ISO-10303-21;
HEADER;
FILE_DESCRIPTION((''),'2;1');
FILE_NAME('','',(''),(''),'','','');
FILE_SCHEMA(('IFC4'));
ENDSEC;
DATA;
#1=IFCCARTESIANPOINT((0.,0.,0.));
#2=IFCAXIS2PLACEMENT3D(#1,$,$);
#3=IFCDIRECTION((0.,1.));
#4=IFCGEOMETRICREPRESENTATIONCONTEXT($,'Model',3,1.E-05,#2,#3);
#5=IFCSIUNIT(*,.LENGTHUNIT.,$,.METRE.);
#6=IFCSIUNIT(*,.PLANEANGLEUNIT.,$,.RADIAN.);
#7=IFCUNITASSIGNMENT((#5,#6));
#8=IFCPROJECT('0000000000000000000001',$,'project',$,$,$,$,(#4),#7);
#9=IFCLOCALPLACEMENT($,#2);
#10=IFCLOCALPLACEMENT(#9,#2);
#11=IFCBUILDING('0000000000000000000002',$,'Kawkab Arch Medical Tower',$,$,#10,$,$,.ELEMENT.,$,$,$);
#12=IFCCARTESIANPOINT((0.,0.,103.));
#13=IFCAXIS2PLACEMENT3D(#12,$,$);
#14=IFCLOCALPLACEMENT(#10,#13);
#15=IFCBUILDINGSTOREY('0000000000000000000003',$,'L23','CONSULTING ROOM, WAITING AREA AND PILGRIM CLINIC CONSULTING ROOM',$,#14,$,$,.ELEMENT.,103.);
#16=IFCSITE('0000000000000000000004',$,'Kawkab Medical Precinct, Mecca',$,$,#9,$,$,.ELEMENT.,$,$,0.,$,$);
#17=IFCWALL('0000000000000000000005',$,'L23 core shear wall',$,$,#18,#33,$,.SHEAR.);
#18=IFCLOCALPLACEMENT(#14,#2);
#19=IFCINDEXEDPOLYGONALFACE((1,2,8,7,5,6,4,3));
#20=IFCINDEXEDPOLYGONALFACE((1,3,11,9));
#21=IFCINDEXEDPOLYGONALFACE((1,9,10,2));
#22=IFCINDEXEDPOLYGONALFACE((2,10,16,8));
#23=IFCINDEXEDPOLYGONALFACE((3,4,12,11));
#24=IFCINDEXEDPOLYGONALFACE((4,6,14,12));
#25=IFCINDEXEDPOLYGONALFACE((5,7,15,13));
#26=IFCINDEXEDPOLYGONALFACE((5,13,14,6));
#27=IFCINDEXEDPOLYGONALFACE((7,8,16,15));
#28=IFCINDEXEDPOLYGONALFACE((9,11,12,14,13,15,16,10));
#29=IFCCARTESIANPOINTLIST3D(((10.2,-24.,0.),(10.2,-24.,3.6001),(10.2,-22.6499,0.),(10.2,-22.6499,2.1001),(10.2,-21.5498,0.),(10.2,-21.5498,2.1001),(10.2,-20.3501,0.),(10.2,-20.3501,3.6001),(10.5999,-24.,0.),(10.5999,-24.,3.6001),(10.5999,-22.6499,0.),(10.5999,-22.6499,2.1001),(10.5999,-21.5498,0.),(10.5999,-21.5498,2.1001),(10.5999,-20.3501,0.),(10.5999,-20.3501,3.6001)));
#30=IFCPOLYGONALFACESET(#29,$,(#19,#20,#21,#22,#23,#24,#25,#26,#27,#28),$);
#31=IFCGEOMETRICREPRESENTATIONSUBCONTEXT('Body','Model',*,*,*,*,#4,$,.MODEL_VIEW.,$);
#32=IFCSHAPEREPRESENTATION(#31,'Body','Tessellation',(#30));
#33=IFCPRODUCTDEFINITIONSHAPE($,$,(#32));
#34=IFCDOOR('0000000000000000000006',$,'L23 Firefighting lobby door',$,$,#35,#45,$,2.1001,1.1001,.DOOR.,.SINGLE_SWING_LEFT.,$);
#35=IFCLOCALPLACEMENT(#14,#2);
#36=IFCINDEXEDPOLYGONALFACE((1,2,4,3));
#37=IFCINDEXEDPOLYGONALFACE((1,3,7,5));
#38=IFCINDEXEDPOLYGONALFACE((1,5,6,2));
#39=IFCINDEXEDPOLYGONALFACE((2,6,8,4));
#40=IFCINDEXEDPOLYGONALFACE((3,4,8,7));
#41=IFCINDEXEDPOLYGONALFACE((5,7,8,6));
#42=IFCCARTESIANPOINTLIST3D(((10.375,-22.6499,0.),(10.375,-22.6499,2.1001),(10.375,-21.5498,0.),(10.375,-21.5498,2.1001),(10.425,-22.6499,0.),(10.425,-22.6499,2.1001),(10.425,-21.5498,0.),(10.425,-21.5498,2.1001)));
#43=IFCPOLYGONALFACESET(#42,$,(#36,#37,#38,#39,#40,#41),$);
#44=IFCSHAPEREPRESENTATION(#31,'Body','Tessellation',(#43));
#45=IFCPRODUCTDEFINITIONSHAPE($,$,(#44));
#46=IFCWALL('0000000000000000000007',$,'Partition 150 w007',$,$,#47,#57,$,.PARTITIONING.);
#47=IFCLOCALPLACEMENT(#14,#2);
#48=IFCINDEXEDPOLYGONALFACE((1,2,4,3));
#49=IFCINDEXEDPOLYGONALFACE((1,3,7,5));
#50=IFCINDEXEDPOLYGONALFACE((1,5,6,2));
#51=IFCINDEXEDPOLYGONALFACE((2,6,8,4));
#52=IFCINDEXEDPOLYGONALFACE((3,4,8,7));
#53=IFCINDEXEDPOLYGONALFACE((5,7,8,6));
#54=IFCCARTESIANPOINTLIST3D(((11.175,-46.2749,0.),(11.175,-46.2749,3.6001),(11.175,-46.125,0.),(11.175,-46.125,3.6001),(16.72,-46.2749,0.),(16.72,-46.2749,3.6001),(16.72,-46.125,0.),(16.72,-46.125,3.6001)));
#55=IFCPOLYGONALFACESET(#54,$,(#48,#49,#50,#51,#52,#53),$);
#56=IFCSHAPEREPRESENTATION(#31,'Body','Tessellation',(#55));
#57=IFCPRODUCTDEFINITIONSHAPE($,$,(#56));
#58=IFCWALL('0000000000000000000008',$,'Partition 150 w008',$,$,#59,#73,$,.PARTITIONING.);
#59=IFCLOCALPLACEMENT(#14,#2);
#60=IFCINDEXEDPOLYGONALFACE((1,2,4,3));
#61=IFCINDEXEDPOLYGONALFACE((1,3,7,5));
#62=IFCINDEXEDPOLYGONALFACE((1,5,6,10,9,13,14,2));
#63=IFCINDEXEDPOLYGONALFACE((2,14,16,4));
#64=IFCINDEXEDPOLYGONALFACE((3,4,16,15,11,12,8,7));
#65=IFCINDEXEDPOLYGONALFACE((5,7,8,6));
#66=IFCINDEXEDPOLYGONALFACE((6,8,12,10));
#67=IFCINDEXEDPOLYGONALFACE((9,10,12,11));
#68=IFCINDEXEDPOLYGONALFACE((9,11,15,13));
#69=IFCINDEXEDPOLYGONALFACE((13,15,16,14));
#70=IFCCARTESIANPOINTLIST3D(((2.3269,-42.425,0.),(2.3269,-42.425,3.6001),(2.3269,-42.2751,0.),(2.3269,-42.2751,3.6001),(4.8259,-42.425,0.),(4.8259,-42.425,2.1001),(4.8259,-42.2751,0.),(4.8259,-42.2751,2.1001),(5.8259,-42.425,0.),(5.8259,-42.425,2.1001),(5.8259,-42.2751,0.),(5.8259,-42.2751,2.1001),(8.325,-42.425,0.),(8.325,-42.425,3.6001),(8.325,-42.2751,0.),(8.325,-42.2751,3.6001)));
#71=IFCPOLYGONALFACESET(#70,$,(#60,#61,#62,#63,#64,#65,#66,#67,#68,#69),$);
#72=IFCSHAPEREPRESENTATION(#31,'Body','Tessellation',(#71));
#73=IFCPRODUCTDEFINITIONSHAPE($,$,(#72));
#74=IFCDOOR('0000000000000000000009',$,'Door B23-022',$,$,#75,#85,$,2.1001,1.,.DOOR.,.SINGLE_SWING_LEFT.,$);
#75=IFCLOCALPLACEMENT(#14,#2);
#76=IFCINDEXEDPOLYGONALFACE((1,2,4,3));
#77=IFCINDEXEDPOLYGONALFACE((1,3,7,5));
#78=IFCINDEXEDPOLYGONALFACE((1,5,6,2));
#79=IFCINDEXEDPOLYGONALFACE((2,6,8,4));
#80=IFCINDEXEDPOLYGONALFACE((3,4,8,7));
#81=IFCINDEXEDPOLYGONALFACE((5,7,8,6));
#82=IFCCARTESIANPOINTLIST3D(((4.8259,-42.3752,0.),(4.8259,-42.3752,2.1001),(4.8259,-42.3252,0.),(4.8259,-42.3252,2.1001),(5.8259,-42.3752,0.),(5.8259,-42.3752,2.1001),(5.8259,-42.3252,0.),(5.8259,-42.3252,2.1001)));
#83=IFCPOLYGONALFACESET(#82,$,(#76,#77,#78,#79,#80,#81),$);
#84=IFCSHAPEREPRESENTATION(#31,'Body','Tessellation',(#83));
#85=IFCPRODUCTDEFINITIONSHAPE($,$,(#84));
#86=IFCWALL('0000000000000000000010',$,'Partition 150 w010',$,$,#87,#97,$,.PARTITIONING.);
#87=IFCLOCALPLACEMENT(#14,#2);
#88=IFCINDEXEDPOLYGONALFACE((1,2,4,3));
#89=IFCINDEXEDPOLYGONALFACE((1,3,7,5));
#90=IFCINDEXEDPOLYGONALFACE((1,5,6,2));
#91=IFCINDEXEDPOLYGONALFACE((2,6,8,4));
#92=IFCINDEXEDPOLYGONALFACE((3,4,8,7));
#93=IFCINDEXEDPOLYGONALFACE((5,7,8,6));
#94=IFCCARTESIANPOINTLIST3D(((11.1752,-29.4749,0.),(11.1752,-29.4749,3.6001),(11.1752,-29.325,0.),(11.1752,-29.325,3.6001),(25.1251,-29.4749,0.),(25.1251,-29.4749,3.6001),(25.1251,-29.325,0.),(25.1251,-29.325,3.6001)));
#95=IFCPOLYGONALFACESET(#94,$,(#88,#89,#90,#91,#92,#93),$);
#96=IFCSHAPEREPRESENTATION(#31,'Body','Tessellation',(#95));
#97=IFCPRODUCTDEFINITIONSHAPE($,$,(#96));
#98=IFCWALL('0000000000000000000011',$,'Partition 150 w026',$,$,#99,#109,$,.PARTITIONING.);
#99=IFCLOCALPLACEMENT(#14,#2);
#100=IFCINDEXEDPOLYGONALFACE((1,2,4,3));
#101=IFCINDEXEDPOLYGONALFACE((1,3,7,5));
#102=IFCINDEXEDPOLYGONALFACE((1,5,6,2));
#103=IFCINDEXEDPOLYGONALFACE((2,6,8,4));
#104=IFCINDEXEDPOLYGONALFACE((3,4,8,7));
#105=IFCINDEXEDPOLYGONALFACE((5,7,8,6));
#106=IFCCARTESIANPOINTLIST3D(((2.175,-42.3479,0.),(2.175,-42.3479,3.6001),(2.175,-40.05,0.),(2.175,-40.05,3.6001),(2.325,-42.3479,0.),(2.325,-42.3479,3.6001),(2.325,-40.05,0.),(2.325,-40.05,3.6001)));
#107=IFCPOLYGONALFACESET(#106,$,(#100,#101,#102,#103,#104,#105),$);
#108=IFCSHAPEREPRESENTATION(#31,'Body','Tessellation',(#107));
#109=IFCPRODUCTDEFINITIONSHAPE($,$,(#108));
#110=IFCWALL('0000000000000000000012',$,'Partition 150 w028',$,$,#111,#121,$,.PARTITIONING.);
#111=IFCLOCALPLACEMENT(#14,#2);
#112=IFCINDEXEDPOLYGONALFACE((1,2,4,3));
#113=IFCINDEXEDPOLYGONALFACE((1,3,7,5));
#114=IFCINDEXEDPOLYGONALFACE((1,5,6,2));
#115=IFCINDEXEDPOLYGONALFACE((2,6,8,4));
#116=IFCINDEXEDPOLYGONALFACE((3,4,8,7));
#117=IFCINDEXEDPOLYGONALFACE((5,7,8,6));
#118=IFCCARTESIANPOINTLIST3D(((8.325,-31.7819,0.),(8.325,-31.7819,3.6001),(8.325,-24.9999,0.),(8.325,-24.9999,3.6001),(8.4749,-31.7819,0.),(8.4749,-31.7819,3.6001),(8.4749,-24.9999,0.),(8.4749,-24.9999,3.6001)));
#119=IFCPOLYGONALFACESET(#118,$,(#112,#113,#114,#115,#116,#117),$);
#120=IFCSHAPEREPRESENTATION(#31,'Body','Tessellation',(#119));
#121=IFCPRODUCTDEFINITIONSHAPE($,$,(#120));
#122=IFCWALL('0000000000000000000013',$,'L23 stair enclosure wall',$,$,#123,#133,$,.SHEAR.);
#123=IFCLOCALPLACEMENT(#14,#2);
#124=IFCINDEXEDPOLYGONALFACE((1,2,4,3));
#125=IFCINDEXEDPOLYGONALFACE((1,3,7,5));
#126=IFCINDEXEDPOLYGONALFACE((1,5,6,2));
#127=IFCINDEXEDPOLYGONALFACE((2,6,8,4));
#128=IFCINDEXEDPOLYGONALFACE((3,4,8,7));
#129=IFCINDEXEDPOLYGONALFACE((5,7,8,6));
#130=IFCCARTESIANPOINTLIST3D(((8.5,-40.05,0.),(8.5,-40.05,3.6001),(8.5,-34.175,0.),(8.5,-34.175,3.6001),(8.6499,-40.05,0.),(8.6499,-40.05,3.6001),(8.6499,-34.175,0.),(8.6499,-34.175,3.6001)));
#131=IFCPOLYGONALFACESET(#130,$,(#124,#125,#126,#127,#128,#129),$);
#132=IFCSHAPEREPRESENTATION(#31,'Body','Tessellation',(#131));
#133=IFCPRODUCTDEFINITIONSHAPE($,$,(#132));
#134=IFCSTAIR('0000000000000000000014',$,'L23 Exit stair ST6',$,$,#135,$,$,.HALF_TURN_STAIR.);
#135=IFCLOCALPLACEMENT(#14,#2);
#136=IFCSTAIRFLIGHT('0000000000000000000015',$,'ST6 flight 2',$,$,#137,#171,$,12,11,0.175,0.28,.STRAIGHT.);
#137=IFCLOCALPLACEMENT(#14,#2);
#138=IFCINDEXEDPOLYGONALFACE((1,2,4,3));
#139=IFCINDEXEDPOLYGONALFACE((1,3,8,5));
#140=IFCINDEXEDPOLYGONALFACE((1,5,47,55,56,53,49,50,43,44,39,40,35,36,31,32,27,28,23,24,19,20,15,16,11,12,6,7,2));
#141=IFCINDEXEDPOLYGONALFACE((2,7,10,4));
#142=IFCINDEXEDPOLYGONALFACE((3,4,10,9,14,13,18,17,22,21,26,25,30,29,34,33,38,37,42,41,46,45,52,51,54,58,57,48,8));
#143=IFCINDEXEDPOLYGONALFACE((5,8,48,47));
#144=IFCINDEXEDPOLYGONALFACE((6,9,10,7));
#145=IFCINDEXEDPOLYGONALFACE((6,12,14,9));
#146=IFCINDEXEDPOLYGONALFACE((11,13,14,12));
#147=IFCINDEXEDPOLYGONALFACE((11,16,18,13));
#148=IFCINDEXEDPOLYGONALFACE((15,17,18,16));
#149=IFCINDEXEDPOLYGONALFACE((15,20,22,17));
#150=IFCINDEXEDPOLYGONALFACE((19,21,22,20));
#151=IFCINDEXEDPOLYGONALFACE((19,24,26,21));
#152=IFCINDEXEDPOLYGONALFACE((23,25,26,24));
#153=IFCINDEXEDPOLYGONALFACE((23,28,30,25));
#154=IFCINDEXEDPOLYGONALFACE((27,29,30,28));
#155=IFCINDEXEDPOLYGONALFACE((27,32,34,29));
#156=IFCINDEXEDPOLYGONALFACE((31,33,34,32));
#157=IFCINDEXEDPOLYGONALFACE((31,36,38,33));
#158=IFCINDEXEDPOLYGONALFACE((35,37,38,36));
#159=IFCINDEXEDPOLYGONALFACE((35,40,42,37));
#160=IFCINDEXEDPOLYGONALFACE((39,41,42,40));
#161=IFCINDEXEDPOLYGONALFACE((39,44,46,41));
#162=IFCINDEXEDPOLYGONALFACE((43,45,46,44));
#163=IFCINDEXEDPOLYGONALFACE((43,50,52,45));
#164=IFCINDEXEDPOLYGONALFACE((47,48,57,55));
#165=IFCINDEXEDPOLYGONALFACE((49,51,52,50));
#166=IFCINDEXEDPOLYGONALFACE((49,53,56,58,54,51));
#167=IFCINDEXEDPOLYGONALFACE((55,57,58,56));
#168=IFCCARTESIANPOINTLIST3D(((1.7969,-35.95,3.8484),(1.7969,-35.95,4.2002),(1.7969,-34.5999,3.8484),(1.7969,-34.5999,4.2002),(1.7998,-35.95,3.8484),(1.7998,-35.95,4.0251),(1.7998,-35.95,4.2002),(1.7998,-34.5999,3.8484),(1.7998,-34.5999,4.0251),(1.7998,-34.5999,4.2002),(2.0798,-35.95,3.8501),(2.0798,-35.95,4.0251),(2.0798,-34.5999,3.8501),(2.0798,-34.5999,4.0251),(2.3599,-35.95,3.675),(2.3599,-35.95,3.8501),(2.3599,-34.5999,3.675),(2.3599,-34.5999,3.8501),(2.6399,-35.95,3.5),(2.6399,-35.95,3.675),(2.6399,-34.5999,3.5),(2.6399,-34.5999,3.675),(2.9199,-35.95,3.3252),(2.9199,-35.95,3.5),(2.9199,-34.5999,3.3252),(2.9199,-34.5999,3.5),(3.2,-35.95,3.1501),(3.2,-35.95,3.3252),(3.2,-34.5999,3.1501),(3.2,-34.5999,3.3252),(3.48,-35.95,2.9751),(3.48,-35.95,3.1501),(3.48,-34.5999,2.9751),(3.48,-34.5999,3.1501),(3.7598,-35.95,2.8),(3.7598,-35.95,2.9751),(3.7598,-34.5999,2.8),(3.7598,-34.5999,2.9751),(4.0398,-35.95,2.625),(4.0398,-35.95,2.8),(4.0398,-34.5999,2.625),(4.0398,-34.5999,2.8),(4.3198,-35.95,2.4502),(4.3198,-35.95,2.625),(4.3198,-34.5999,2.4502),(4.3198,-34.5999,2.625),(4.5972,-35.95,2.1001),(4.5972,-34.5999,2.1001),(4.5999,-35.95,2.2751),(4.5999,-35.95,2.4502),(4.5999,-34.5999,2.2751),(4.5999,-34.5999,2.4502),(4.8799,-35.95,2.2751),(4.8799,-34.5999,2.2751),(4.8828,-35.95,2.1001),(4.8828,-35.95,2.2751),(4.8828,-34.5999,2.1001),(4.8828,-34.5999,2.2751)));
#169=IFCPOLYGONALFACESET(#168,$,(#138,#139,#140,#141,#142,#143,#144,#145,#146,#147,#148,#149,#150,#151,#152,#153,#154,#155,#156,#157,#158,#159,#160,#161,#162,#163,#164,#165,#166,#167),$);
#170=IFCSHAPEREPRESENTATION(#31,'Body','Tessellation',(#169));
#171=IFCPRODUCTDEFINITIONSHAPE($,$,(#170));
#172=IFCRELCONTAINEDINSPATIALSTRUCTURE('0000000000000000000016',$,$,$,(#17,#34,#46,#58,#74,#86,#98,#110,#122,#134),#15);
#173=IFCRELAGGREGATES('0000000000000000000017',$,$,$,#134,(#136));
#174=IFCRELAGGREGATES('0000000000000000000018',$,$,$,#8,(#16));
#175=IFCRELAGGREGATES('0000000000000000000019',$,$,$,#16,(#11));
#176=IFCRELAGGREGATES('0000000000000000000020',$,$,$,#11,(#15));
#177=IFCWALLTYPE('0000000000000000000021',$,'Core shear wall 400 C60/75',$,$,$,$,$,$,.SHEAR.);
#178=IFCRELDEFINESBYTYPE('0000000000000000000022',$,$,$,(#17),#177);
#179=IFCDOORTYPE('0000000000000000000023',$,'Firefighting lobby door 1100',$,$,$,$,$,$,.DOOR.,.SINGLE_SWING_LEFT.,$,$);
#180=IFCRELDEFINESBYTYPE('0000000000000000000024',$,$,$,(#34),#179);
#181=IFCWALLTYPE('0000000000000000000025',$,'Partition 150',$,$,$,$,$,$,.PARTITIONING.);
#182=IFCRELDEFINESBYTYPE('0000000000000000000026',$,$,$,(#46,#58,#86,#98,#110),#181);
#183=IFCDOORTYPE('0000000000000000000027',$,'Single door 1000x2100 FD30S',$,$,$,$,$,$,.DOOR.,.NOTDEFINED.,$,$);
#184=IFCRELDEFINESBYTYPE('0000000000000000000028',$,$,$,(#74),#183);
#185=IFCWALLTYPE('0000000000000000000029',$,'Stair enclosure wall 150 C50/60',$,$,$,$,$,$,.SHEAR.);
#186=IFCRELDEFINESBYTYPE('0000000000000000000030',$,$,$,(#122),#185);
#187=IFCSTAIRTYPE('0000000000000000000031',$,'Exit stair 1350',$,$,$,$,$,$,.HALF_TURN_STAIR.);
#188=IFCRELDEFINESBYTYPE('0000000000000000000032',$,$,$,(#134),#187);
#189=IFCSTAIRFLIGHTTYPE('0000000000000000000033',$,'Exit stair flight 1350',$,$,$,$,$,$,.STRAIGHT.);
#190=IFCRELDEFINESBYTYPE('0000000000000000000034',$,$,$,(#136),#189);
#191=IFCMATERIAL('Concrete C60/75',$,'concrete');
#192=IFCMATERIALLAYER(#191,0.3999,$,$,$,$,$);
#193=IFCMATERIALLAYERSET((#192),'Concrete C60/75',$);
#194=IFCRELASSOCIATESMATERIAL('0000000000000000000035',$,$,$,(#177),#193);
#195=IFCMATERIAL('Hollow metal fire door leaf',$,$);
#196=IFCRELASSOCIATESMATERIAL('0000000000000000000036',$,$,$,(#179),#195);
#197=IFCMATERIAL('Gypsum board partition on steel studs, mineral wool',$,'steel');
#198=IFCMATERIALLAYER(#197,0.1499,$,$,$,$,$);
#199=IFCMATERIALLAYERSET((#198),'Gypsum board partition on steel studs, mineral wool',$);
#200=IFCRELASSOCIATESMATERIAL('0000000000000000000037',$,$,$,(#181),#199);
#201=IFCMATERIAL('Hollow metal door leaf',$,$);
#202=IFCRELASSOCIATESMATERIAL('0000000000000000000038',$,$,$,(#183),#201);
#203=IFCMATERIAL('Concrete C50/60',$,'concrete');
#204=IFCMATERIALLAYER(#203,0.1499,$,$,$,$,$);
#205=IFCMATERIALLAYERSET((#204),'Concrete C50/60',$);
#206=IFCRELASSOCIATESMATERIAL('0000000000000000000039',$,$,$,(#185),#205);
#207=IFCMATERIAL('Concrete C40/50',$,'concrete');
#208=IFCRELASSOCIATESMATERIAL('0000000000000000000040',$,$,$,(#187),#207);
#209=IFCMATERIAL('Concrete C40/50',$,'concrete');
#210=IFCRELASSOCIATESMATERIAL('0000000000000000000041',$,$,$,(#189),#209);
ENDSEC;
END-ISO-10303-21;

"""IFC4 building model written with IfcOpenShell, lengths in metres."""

from ifc_helpers import new_model, si_unit, direction, frame, frame_2d, origin, place, context, subcontext, project, spatial, polyline, rectangle, outline, extrude, material, layer, layer_set, type_object, element, fill, aggregate, save


model = new_model("IFC4")

# Units and contexts
model_context = context("Model", 3, precision=1e-05, world=origin(), true_north=direction((0.0, 1.0)))
body_context = subcontext(model_context, "Body", "Model", "MODEL_VIEW")
ifc_project = project(units=[si_unit("LENGTHUNIT", "METRE"), si_unit("PLANEANGLEUNIT", "RADIAN")], contexts=[model_context])

# Site, building, storey
site_placement = place(None, origin())
site = spatial("IfcSite", under=ifc_project, at=site_placement, Name="Kawkab Medical Precinct, Mecca", CompositionType="ELEMENT", RefElevation=0.0)
building_placement = place(site_placement, origin())
building = spatial("IfcBuilding", under=site, at=building_placement, Name="Kawkab Arch Medical Tower", CompositionType="ELEMENT")
storey_placement = place(building_placement, frame((0.0, 0.0, 103.0)))
storey = spatial("IfcBuildingStorey", under=building, at=storey_placement, Name="L23", Description="CONSULTING ROOM, WAITING AREA AND PILGRIM CLINIC CONSULTING ROOM", CompositionType="ELEMENT", Elevation=103.0)

# Wall, opening, door
ifc_material_1 = material(Name="Concrete C60/75", Category="concrete")
ifc_layer_1 = layer(ifc_material_1, 0.3999)
ifc_layer_set_1 = layer_set([ifc_layer_1], Name="Concrete C60/75")
wall_type_1 = type_object("IfcWallType", Name="Core shear wall 400 C60/75", PredefinedType="SHEAR", material=ifc_layer_set_1)
wall_1_placement = place(storey_placement, frame((10.3999, -24.0, 0.0), z_axis=(0.0, 0.0, 1.0), x_axis=(0.0, 1.0, 0.0)))
wall_1 = element("IfcWall", 1, at=wall_1_placement, inside=storey, type_object=wall_type_1, Name="L23 core shear wall", PredefinedType="SHEAR", context=body_context, shape_type="SweptSolid", body=[
    extrude(rectangle(XDim=3.6499, YDim=0.3999, at=frame_2d((1.825, 0.0))), origin(), (0.0, 0.0, 1.0), 3.6001),
])
opening_1_placement = place(wall_1_placement, frame((1.3501, 0.0, 0.0)))
opening_1 = element("IfcOpeningElement", 2, at=opening_1_placement, cuts=wall_1, PredefinedType="OPENING", context=body_context, shape_type="SweptSolid", body=[
    extrude(rectangle(XDim=1.1001, YDim=2.1001, at=frame_2d((0.55, 1.05))), frame((0.0, 0.21, 0.0), z_axis=(0.0, -1.0, 0.0), x_axis=(1.0, 0.0, 0.0)), (0.0, 0.0, 1.0), 0.4199),
])
ifc_material_2 = material(Name="Hollow metal fire door leaf")
door_type_1 = type_object("IfcDoorType", Name="Firefighting lobby door 1100", OperationType="SINGLE_SWING_LEFT", PredefinedType="DOOR", material=ifc_material_2)
door_1_placement = place(opening_1_placement, origin())
door_1 = element("IfcDoor", 3, at=door_1_placement, inside=storey, type_object=door_type_1, Name="L23 Firefighting lobby door", OperationType="SINGLE_SWING_LEFT", OverallHeight=2.1001, OverallWidth=1.1001, PredefinedType="DOOR", context=body_context, shape_type="SweptSolid", body=[
    extrude(rectangle(XDim=1.1001, YDim=2.1001, at=frame_2d((0.55, 1.05))), frame((0.0, 0.0249, 0.0), z_axis=(0.0, -1.0, 0.0), x_axis=(1.0, 0.0, 0.0)), (0.0, 0.0, 1.0), 0.05),
])
fill(opening_1, door_1)

# Wall
ifc_material_3 = material(Name="Gypsum board partition on steel studs, mineral wool", Category="steel")
ifc_layer_2 = layer(ifc_material_3, 0.1499)
ifc_layer_set_2 = layer_set([ifc_layer_2], Name="Gypsum board partition on steel studs, mineral wool")
wall_type_2 = type_object("IfcWallType", Name="Partition 150", PredefinedType="PARTITIONING", material=ifc_layer_set_2)
wall_2_placement = place(storey_placement, frame((11.175, -46.2, 0.0), z_axis=(0.0, 0.0, 1.0), x_axis=(1.0, 0.0, 0.0)))
element("IfcWall", 4, at=wall_2_placement, inside=storey, type_object=wall_type_2, Name="Partition 150 w007", PredefinedType="PARTITIONING", context=body_context, shape_type="SweptSolid", body=[
    extrude(rectangle(XDim=5.5449, YDim=0.1499, at=frame_2d((2.7725, 0.0))), origin(), (0.0, 0.0, 1.0), 3.6001),
])

# Wall, opening, door
wall_3_placement = place(storey_placement, frame((2.3269, -42.3501, 0.0), z_axis=(0.0, 0.0, 1.0), x_axis=(1.0, 0.0, 0.0)))
wall_3 = element("IfcWall", 5, at=wall_3_placement, inside=storey, type_object=wall_type_2, Name="Partition 150 w008", PredefinedType="PARTITIONING", context=body_context, shape_type="SweptSolid", body=[
    extrude(rectangle(XDim=5.998, YDim=0.1499, at=frame_2d((2.999, 0.0))), origin(), (0.0, 0.0, 1.0), 3.6001),
])
opening_2_placement = place(wall_3_placement, frame((2.499, 0.0, 0.0)))
opening_2 = element("IfcOpeningElement", 6, at=opening_2_placement, cuts=wall_3, PredefinedType="OPENING", context=body_context, shape_type="SweptSolid", body=[
    extrude(rectangle(XDim=1.0, YDim=2.1001, at=frame_2d((0.5, 1.05))), frame((0.0, 0.085, 0.0), z_axis=(0.0, -1.0, 0.0), x_axis=(1.0, 0.0, 0.0)), (0.0, 0.0, 1.0), 0.1699),
])
ifc_material_4 = material(Name="Hollow metal door leaf")
door_type_2 = type_object("IfcDoorType", Name="Single door 1000x2100 FD30S", OperationType="NOTDEFINED", PredefinedType="DOOR", material=ifc_material_4)
door_2_placement = place(opening_2_placement, origin())
door_2 = element("IfcDoor", 7, at=door_2_placement, inside=storey, type_object=door_type_2, Name="Door B23-022", OperationType="SINGLE_SWING_LEFT", OverallHeight=2.1001, OverallWidth=1.0, PredefinedType="DOOR", context=body_context, shape_type="SweptSolid", body=[
    extrude(rectangle(XDim=1.0, YDim=2.1001, at=frame_2d((0.5, 1.05))), frame((0.0, 0.0249, 0.0), z_axis=(0.0, -1.0, 0.0), x_axis=(1.0, 0.0, 0.0)), (0.0, 0.0, 1.0), 0.05),
])
fill(opening_2, door_2)

# Walls
wall_4_placement = place(storey_placement, frame((11.175, -29.3999, 0.0), z_axis=(0.0, 0.0, 1.0), x_axis=(1.0, 0.0, 0.0)))
element("IfcWall", 8, at=wall_4_placement, inside=storey, type_object=wall_type_2, Name="Partition 150 w010", PredefinedType="PARTITIONING", context=body_context, shape_type="SweptSolid", body=[
    extrude(rectangle(XDim=13.95, YDim=0.1499, at=frame_2d((6.9751, 0.0))), origin(), (0.0, 0.0, 1.0), 3.6001),
])
wall_5_placement = place(storey_placement, frame((2.25, -42.3479, 0.0), z_axis=(0.0, 0.0, 1.0), x_axis=(0.0, 1.0, 0.0)))
element("IfcWall", 9, at=wall_5_placement, inside=storey, type_object=wall_type_2, Name="Partition 150 w026", PredefinedType="PARTITIONING", context=body_context, shape_type="SweptSolid", body=[
    extrude(rectangle(XDim=2.2979, YDim=0.1499, at=frame_2d((1.1489, 0.0))), origin(), (0.0, 0.0, 1.0), 3.6001),
])
wall_6_placement = place(storey_placement, frame((8.3999, -31.782, 0.0), z_axis=(0.0, 0.0, 1.0), x_axis=(0.0, 1.0, 0.0)))
element("IfcWall", 10, at=wall_6_placement, inside=storey, type_object=wall_type_2, Name="Partition 150 w028", PredefinedType="PARTITIONING", context=body_context, shape_type="SweptSolid", body=[
    extrude(rectangle(XDim=6.782, YDim=0.1499, at=frame_2d((3.3911, 0.0))), origin(), (0.0, 0.0, 1.0), 3.6001),
])
ifc_material_5 = material(Name="Concrete C50/60", Category="concrete")
ifc_layer_3 = layer(ifc_material_5, 0.1499)
ifc_layer_set_3 = layer_set([ifc_layer_3], Name="Concrete C50/60")
wall_type_3 = type_object("IfcWallType", Name="Stair enclosure wall 150 C50/60", PredefinedType="SHEAR", material=ifc_layer_set_3)
wall_7_placement = place(storey_placement, frame((8.575, -40.05, 0.0), z_axis=(0.0, 0.0, 1.0), x_axis=(0.0, 1.0, 0.0)))
element("IfcWall", 11, at=wall_7_placement, inside=storey, type_object=wall_type_3, Name="L23 stair enclosure wall", PredefinedType="SHEAR", context=body_context, shape_type="SweptSolid", body=[
    extrude(rectangle(XDim=5.875, YDim=0.1499, at=frame_2d((2.9375, 0.0))), origin(), (0.0, 0.0, 1.0), 3.6001),
])

# Stair, stair flight
ifc_material_6 = material(Name="Concrete C40/50", Category="concrete")
stair_type = type_object("IfcStairType", Name="Exit stair 1350", PredefinedType="HALF_TURN_STAIR", material=ifc_material_6)
stair_placement = place(storey_placement, origin())
stair = element("IfcStair", 12, at=stair_placement, inside=storey, type_object=stair_type, Name="L23 Exit stair ST6", PredefinedType="HALF_TURN_STAIR")
ifc_material_7 = material(Name="Concrete C40/50", Category="concrete")
stair_flight_type = type_object("IfcStairFlightType", Name="Exit stair flight 1350", PredefinedType="STRAIGHT", material=ifc_material_7)
stair_flight_placement = place(storey_placement, frame((4.8799, -35.2749, 2.1001), z_axis=(0.0, 0.0, 1.0), x_axis=(-1.0, 0.0, 0.0)))
stair_flight = element("IfcStairFlight", 13, at=stair_flight_placement, type_object=stair_flight_type, Name="ST6 flight 2", NumberOfRisers=12, NumberOfTreads=11, PredefinedType="STRAIGHT", RiserHeight=0.175, TreadLength=0.28, context=body_context, shape_type="SweptSolid", body=[
    extrude(outline(polyline([(-0.0029, 0.0), (-0.0029, 0.175), (0.0, 0.175), (0.28, 0.175), (0.28, 0.3501), (0.5601, 0.3501), (0.5601, 0.5249), (0.8401, 0.5249), (0.8401, 0.7), (1.1201, 0.7), (1.1201, 0.875), (1.3999, 0.875), (1.3999, 1.05), (1.6799, 1.05), (1.6799, 1.2251), (1.96, 1.2251), (1.96, 1.3999), (2.24, 1.3999), (2.24, 1.575), (2.52, 1.575), (2.52, 1.75), (2.8, 1.75), (2.8, 1.925), (3.0801, 1.925), (3.0801, 2.1001), (3.083, 2.1001), (3.083, 1.7483), (3.0801, 1.7483), (0.2827, 0.0), (-0.0029, 0.0)])), frame((0.0, 0.675, 0.0), z_axis=(0.0, -1.0, 0.0), x_axis=(1.0, 0.0, 0.0)), (0.0, 0.0, 1.0), 1.3501),
])
aggregate(stair, [stair_flight])

save(model, "model.ifc")
